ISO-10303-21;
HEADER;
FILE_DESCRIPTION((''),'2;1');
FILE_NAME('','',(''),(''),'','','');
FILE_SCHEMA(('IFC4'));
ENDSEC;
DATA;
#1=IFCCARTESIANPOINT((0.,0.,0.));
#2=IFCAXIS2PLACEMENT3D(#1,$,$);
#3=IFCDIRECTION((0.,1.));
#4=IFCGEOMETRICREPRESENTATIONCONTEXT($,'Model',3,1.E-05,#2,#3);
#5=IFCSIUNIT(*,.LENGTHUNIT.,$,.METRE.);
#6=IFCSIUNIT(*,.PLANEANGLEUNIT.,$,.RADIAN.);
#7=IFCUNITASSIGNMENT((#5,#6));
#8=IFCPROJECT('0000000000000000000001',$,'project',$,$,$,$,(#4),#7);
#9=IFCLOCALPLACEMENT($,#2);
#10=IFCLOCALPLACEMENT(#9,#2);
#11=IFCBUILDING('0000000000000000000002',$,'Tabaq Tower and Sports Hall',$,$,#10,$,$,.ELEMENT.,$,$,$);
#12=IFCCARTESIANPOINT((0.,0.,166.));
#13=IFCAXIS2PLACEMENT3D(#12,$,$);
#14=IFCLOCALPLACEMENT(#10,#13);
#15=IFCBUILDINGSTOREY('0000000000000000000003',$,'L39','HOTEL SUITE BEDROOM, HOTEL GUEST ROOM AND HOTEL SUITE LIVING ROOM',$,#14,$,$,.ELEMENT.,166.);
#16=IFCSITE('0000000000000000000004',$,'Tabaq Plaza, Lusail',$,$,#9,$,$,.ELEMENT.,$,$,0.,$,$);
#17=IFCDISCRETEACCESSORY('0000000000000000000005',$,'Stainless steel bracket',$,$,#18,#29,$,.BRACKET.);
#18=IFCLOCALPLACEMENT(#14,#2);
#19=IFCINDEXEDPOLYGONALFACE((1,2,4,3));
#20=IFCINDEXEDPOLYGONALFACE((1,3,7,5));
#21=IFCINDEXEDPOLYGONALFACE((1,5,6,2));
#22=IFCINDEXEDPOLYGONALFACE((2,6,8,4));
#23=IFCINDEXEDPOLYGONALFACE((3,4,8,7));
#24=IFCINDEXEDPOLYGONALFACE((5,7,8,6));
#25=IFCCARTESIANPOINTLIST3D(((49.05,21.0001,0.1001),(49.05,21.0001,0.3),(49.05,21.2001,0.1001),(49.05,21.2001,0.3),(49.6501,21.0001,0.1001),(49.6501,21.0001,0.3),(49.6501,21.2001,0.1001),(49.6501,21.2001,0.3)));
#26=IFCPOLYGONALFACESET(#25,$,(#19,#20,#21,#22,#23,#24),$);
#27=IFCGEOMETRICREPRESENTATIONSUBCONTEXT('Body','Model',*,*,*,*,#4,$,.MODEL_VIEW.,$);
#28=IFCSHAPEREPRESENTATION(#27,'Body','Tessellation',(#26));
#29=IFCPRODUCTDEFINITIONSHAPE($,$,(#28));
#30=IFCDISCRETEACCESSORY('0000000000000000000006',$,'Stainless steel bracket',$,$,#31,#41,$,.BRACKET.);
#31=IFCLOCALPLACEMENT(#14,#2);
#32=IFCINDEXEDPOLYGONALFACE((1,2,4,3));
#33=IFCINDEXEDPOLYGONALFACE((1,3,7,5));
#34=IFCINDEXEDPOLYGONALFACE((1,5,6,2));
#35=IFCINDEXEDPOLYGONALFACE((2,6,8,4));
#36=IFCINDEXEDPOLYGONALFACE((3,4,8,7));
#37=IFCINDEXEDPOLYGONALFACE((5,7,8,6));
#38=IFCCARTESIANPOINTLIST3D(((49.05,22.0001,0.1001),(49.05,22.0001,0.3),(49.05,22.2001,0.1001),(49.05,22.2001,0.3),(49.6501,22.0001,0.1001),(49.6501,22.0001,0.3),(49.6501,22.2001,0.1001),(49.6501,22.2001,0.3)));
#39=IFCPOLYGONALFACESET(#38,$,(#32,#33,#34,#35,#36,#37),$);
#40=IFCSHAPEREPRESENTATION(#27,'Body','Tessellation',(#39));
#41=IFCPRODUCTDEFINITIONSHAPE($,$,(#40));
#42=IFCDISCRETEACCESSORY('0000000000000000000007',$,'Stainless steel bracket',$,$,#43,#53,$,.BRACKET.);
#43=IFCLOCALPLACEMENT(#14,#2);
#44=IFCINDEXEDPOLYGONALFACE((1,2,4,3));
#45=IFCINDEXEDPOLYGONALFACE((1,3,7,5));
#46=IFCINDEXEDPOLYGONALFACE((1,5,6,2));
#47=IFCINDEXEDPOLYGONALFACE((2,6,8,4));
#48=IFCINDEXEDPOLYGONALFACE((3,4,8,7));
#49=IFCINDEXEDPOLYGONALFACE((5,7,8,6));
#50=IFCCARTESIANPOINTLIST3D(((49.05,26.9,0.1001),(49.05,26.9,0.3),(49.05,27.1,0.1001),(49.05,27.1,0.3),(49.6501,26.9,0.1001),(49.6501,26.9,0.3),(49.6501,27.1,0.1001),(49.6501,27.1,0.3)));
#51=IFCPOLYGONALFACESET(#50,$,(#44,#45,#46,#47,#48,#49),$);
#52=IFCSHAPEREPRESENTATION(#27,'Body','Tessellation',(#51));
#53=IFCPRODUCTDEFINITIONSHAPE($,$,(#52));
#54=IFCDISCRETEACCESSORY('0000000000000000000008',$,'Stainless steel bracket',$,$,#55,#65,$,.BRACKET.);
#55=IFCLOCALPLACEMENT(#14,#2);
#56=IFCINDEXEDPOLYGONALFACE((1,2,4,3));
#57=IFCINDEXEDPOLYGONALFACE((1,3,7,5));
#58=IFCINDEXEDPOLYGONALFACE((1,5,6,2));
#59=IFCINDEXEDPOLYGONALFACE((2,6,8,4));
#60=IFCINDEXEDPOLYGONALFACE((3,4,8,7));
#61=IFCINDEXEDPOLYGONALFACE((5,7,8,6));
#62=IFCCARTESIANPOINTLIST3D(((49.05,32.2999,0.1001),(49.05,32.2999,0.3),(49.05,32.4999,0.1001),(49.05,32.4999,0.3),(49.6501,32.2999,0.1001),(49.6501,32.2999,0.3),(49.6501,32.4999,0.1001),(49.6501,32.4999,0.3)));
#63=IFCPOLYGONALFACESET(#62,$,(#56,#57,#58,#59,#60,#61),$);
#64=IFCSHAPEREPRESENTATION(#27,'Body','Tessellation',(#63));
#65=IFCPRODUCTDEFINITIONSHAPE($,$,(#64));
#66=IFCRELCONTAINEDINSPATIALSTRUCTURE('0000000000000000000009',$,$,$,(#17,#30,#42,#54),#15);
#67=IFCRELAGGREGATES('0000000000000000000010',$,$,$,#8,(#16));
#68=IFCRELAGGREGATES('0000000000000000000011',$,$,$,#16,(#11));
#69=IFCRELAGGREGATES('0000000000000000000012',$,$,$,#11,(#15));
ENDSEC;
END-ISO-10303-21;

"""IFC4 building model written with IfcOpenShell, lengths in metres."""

from ifc_helpers import new_model, si_unit, direction, frame, origin, origin_2d, place, context, subcontext, project, spatial, rectangle, extrude, element, save


model = new_model("IFC4")

# Units and contexts
model_context = context("Model", 3, precision=1e-05, world=origin(), true_north=direction((0.0, 1.0)))
body_context = subcontext(model_context, "Body", "Model", "MODEL_VIEW")
ifc_project = project(units=[si_unit("LENGTHUNIT", "METRE"), si_unit("PLANEANGLEUNIT", "RADIAN")], contexts=[model_context])

# Site, building, storey
site_placement = place(None, origin())
site = spatial("IfcSite", under=ifc_project, at=site_placement, Name="Tabaq Plaza, Lusail", CompositionType="ELEMENT", RefElevation=0.0)
building_placement = place(site_placement, origin())
building = spatial("IfcBuilding", under=site, at=building_placement, Name="Tabaq Tower and Sports Hall", CompositionType="ELEMENT")
storey_placement = place(building_placement, frame((0.0, 0.0, 166.0)))
storey = spatial("IfcBuildingStorey", under=building, at=storey_placement, Name="L39", Description="HOTEL SUITE BEDROOM, HOTEL GUEST ROOM AND HOTEL SUITE LIVING ROOM", CompositionType="ELEMENT", Elevation=166.0)

# Discrete accessories
for number, where, z_axis, x_axis, name in (
    (1, (49.3501, 21.1001, 0.1001), (0.0, 0.0, 1.0), (1.0, 0.0, 0.0), "Stainless steel bracket"),
    (2, (49.3501, 22.1001, 0.1001), (0.0, 0.0, 1.0), (1.0, 0.0, 0.0), "Stainless steel bracket"),
    (3, (49.3501, 27.0, 0.1001), (0.0, 0.0, 1.0), (1.0, 0.0, 0.0), "Stainless steel bracket"),
    (4, (49.3501, 32.3999, 0.1001), (0.0, 0.0, 1.0), (1.0, 0.0, 0.0), "Stainless steel bracket"),
):
    element("IfcDiscreteAccessory", number, at=place(storey_placement, frame(where, z_axis=z_axis, x_axis=x_axis)), inside=storey, Name=name, PredefinedType="BRACKET", context=body_context, shape_type="SweptSolid", body=[
        extrude(rectangle(XDim=0.6001, YDim=0.2, at=origin_2d()), origin(), (0.0, 0.0, 1.0), 0.2),
    ])

save(model, "model.ifc")
